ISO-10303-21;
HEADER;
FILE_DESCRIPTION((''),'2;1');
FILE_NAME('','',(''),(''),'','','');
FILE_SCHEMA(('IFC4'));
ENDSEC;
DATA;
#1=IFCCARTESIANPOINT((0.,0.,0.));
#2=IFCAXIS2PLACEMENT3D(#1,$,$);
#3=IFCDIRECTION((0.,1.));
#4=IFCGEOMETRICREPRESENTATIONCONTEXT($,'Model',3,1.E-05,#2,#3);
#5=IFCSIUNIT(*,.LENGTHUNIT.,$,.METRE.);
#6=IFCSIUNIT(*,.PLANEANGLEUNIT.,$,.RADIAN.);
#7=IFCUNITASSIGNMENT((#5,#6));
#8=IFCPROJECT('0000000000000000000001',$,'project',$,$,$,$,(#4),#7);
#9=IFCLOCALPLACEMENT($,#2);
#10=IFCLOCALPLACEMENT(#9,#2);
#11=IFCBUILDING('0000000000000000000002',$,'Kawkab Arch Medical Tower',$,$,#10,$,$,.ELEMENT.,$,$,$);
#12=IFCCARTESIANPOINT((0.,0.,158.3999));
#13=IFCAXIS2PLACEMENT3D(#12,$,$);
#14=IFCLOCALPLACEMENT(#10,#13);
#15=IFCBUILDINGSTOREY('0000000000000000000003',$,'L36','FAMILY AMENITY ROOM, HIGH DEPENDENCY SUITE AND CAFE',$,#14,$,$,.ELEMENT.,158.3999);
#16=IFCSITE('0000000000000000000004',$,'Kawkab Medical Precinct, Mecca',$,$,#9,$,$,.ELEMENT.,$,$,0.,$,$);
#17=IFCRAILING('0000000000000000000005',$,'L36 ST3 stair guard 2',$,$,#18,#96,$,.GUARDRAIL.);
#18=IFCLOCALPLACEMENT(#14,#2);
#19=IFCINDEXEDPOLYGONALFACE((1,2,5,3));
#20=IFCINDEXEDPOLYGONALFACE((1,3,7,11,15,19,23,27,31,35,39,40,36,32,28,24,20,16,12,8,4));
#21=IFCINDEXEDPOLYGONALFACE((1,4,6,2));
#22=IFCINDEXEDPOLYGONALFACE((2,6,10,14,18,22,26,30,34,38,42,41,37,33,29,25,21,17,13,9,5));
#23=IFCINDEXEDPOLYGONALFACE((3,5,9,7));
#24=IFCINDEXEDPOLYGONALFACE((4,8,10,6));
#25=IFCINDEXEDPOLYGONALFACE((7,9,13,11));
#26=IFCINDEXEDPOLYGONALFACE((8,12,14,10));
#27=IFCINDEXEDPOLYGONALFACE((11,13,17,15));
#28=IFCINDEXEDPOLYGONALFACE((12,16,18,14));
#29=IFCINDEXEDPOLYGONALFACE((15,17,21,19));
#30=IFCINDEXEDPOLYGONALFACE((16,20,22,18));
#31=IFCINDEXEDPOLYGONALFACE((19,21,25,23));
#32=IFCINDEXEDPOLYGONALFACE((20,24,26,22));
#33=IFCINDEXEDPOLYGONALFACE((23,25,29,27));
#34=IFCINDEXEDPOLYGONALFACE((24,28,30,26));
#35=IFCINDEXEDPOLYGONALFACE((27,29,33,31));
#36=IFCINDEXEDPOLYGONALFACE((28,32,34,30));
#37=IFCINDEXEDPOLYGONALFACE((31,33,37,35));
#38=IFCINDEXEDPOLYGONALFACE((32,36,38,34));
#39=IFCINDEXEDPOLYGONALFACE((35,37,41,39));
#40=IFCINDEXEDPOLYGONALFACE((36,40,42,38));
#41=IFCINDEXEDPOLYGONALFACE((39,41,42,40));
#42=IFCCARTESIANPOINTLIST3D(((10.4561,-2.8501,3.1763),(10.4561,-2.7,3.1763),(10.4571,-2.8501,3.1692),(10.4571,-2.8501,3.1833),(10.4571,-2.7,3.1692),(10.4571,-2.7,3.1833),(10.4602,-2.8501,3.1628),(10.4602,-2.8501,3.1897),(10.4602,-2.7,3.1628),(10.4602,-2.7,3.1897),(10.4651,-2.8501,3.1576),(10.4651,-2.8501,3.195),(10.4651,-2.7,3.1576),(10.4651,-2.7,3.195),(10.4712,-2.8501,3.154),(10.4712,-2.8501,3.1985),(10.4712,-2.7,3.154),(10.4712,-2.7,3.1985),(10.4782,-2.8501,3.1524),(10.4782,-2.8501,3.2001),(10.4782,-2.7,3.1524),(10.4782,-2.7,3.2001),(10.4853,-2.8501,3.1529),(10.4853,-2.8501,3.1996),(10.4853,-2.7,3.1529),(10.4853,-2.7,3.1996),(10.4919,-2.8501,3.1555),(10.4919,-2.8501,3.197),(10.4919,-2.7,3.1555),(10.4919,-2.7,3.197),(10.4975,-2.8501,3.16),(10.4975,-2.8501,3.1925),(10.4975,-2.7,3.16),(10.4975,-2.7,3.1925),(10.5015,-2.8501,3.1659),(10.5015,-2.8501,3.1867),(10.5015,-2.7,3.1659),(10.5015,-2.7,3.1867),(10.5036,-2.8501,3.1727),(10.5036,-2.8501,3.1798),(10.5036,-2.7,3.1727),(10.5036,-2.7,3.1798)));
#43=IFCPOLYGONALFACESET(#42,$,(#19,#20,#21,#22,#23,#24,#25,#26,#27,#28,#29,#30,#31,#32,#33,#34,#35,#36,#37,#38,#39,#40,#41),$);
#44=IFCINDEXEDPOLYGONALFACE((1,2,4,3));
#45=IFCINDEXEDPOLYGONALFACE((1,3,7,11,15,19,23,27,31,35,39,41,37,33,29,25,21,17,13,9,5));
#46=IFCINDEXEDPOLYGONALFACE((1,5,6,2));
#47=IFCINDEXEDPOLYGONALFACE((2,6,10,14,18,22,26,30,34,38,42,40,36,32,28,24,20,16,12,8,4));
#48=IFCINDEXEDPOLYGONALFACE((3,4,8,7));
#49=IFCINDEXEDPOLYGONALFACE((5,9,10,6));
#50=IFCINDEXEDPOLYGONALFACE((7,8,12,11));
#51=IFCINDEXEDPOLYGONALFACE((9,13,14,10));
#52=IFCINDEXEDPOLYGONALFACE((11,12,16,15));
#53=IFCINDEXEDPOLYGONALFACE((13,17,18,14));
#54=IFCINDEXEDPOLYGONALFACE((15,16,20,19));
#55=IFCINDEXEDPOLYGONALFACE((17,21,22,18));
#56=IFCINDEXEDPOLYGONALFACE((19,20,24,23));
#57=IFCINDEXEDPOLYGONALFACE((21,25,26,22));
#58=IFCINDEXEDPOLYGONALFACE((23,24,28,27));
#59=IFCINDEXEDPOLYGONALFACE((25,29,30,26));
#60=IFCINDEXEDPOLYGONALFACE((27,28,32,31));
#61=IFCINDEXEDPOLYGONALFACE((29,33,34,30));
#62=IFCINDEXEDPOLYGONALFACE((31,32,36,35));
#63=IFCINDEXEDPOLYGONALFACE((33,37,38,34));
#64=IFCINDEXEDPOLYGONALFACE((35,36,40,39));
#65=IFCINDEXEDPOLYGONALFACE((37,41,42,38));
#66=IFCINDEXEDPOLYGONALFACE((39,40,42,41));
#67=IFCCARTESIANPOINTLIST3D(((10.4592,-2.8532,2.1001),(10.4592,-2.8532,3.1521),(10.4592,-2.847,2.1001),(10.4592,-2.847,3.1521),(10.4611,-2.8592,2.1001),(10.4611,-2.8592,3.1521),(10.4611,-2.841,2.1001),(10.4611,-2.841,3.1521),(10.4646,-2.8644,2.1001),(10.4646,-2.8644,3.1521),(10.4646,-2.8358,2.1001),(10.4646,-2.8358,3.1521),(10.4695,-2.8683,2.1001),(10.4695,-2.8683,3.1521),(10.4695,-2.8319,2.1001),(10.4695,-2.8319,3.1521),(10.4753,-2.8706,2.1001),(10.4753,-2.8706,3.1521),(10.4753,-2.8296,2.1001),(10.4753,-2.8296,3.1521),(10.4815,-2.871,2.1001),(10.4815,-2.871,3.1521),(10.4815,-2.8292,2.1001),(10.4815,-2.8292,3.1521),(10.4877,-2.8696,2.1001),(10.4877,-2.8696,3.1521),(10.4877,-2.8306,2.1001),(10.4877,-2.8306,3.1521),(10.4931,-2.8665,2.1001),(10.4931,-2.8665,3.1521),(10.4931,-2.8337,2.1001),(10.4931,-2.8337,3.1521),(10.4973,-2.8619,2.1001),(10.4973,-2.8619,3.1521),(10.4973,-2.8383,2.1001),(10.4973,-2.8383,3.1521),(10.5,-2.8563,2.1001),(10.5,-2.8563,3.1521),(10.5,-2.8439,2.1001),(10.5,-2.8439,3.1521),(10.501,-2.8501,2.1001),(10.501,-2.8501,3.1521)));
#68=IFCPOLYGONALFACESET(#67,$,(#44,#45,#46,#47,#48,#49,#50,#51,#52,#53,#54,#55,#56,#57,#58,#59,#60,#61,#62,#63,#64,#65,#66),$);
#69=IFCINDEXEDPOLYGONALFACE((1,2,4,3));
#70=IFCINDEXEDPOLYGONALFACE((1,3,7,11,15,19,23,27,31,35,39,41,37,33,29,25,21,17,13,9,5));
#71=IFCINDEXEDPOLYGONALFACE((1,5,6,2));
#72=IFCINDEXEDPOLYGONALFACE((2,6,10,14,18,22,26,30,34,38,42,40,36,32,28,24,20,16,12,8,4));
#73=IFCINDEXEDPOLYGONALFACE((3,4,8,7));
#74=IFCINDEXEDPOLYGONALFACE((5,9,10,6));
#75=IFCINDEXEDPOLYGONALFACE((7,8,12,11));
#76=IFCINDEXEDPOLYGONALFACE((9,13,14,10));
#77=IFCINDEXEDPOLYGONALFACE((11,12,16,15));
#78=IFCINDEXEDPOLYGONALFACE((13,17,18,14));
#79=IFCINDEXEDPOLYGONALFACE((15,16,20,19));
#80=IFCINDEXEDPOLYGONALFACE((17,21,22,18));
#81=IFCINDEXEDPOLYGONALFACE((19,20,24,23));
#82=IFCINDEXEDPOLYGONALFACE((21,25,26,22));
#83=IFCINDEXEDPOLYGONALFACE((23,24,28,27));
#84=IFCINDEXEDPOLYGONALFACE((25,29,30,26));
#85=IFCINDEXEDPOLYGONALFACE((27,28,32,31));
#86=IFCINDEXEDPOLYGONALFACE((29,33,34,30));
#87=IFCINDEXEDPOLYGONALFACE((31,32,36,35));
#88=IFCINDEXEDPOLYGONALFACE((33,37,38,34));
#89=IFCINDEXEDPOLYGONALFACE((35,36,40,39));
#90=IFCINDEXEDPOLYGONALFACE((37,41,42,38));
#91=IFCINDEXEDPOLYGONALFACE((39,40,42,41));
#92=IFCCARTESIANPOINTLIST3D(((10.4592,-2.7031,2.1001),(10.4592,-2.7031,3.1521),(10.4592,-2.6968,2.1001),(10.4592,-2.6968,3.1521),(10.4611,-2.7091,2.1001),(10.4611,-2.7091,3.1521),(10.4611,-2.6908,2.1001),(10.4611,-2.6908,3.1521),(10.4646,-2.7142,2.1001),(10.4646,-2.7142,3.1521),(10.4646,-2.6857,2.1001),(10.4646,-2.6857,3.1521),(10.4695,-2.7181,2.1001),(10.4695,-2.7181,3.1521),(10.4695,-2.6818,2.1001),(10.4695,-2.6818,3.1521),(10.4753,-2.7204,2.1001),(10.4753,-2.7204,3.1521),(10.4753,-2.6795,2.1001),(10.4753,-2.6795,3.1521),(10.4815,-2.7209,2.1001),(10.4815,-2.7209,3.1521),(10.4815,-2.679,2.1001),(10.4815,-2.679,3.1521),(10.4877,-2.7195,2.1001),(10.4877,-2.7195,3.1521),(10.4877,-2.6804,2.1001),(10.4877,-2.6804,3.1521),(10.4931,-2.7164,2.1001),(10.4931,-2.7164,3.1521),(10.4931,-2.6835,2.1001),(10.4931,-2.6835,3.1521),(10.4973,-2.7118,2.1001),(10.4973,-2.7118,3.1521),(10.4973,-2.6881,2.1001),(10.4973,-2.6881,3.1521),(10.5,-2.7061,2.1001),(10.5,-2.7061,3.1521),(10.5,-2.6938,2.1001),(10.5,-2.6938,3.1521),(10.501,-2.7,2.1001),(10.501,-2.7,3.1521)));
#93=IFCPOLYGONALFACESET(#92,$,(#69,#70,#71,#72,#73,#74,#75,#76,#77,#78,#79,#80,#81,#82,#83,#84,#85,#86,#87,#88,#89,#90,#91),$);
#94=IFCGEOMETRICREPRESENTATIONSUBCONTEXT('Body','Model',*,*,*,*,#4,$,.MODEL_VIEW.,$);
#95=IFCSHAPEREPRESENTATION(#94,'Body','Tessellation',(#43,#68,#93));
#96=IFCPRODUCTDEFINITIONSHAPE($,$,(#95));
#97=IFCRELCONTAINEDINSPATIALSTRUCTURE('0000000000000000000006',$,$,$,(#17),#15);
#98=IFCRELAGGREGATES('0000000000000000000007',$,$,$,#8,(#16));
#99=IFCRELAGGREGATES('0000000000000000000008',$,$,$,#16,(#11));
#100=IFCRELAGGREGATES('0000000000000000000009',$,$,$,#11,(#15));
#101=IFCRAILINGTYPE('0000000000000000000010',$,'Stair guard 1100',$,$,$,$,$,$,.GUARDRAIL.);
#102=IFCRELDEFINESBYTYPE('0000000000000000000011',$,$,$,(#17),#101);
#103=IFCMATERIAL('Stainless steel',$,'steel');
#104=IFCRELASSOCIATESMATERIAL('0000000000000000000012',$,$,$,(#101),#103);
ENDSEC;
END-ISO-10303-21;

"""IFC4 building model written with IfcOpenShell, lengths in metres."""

from ifc_helpers import new_model, si_unit, direction, frame, origin, origin_2d, place, context, subcontext, project, spatial, circle, extrude, material, type_object, element, save


model = new_model("IFC4")

# Units and contexts
model_context = context("Model", 3, precision=1e-05, world=origin(), true_north=direction((0.0, 1.0)))
body_context = subcontext(model_context, "Body", "Model", "MODEL_VIEW")
ifc_project = project(units=[si_unit("LENGTHUNIT", "METRE"), si_unit("PLANEANGLEUNIT", "RADIAN")], contexts=[model_context])

# Site, building, storey
site_placement = place(None, origin())
site = spatial("IfcSite", under=ifc_project, at=site_placement, Name="Kawkab Medical Precinct, Mecca", CompositionType="ELEMENT", RefElevation=0.0)
building_placement = place(site_placement, origin())
building = spatial("IfcBuilding", under=site, at=building_placement, Name="Kawkab Arch Medical Tower", CompositionType="ELEMENT")
storey_placement = place(building_placement, frame((0.0, 0.0, 158.3999)))
storey = spatial("IfcBuildingStorey", under=building, at=storey_placement, Name="L36", Description="FAMILY AMENITY ROOM, HIGH DEPENDENCY SUITE AND CAFE", CompositionType="ELEMENT", Elevation=158.3999)

# Railing
ifc_material_1 = material(Name="Stainless steel", Category="steel")
railing_type_1 = type_object("IfcRailingType", Name="Stair guard 1100", PredefinedType="GUARDRAIL", material=ifc_material_1)
railing_1_placement = place(storey_placement, frame((10.48, -2.8501, 2.1001)))
element("IfcRailing", 1, at=railing_1_placement, inside=storey, type_object=railing_type_1, Name="L36 ST3 stair guard 2", PredefinedType="GUARDRAIL", context=body_context, shape_type="SweptSolid", body=[
    extrude(circle(Radius=0.0239, at=origin_2d()), frame((0.0, 0.0, 1.0762), z_axis=(0.0, 1.0, 0.0), x_axis=(-1.0, 0.0, 0.0)), (0.0, 0.0, 1.0), 0.1501),
    extrude(circle(Radius=0.021, at=origin_2d()), origin(), (0.0, 0.0, 1.0), 1.052),
    extrude(circle(Radius=0.021, at=origin_2d()), frame((0.0, 0.1501, 0.0)), (0.0, 0.0, 1.0), 1.052),
])

save(model, "model.ifc")
